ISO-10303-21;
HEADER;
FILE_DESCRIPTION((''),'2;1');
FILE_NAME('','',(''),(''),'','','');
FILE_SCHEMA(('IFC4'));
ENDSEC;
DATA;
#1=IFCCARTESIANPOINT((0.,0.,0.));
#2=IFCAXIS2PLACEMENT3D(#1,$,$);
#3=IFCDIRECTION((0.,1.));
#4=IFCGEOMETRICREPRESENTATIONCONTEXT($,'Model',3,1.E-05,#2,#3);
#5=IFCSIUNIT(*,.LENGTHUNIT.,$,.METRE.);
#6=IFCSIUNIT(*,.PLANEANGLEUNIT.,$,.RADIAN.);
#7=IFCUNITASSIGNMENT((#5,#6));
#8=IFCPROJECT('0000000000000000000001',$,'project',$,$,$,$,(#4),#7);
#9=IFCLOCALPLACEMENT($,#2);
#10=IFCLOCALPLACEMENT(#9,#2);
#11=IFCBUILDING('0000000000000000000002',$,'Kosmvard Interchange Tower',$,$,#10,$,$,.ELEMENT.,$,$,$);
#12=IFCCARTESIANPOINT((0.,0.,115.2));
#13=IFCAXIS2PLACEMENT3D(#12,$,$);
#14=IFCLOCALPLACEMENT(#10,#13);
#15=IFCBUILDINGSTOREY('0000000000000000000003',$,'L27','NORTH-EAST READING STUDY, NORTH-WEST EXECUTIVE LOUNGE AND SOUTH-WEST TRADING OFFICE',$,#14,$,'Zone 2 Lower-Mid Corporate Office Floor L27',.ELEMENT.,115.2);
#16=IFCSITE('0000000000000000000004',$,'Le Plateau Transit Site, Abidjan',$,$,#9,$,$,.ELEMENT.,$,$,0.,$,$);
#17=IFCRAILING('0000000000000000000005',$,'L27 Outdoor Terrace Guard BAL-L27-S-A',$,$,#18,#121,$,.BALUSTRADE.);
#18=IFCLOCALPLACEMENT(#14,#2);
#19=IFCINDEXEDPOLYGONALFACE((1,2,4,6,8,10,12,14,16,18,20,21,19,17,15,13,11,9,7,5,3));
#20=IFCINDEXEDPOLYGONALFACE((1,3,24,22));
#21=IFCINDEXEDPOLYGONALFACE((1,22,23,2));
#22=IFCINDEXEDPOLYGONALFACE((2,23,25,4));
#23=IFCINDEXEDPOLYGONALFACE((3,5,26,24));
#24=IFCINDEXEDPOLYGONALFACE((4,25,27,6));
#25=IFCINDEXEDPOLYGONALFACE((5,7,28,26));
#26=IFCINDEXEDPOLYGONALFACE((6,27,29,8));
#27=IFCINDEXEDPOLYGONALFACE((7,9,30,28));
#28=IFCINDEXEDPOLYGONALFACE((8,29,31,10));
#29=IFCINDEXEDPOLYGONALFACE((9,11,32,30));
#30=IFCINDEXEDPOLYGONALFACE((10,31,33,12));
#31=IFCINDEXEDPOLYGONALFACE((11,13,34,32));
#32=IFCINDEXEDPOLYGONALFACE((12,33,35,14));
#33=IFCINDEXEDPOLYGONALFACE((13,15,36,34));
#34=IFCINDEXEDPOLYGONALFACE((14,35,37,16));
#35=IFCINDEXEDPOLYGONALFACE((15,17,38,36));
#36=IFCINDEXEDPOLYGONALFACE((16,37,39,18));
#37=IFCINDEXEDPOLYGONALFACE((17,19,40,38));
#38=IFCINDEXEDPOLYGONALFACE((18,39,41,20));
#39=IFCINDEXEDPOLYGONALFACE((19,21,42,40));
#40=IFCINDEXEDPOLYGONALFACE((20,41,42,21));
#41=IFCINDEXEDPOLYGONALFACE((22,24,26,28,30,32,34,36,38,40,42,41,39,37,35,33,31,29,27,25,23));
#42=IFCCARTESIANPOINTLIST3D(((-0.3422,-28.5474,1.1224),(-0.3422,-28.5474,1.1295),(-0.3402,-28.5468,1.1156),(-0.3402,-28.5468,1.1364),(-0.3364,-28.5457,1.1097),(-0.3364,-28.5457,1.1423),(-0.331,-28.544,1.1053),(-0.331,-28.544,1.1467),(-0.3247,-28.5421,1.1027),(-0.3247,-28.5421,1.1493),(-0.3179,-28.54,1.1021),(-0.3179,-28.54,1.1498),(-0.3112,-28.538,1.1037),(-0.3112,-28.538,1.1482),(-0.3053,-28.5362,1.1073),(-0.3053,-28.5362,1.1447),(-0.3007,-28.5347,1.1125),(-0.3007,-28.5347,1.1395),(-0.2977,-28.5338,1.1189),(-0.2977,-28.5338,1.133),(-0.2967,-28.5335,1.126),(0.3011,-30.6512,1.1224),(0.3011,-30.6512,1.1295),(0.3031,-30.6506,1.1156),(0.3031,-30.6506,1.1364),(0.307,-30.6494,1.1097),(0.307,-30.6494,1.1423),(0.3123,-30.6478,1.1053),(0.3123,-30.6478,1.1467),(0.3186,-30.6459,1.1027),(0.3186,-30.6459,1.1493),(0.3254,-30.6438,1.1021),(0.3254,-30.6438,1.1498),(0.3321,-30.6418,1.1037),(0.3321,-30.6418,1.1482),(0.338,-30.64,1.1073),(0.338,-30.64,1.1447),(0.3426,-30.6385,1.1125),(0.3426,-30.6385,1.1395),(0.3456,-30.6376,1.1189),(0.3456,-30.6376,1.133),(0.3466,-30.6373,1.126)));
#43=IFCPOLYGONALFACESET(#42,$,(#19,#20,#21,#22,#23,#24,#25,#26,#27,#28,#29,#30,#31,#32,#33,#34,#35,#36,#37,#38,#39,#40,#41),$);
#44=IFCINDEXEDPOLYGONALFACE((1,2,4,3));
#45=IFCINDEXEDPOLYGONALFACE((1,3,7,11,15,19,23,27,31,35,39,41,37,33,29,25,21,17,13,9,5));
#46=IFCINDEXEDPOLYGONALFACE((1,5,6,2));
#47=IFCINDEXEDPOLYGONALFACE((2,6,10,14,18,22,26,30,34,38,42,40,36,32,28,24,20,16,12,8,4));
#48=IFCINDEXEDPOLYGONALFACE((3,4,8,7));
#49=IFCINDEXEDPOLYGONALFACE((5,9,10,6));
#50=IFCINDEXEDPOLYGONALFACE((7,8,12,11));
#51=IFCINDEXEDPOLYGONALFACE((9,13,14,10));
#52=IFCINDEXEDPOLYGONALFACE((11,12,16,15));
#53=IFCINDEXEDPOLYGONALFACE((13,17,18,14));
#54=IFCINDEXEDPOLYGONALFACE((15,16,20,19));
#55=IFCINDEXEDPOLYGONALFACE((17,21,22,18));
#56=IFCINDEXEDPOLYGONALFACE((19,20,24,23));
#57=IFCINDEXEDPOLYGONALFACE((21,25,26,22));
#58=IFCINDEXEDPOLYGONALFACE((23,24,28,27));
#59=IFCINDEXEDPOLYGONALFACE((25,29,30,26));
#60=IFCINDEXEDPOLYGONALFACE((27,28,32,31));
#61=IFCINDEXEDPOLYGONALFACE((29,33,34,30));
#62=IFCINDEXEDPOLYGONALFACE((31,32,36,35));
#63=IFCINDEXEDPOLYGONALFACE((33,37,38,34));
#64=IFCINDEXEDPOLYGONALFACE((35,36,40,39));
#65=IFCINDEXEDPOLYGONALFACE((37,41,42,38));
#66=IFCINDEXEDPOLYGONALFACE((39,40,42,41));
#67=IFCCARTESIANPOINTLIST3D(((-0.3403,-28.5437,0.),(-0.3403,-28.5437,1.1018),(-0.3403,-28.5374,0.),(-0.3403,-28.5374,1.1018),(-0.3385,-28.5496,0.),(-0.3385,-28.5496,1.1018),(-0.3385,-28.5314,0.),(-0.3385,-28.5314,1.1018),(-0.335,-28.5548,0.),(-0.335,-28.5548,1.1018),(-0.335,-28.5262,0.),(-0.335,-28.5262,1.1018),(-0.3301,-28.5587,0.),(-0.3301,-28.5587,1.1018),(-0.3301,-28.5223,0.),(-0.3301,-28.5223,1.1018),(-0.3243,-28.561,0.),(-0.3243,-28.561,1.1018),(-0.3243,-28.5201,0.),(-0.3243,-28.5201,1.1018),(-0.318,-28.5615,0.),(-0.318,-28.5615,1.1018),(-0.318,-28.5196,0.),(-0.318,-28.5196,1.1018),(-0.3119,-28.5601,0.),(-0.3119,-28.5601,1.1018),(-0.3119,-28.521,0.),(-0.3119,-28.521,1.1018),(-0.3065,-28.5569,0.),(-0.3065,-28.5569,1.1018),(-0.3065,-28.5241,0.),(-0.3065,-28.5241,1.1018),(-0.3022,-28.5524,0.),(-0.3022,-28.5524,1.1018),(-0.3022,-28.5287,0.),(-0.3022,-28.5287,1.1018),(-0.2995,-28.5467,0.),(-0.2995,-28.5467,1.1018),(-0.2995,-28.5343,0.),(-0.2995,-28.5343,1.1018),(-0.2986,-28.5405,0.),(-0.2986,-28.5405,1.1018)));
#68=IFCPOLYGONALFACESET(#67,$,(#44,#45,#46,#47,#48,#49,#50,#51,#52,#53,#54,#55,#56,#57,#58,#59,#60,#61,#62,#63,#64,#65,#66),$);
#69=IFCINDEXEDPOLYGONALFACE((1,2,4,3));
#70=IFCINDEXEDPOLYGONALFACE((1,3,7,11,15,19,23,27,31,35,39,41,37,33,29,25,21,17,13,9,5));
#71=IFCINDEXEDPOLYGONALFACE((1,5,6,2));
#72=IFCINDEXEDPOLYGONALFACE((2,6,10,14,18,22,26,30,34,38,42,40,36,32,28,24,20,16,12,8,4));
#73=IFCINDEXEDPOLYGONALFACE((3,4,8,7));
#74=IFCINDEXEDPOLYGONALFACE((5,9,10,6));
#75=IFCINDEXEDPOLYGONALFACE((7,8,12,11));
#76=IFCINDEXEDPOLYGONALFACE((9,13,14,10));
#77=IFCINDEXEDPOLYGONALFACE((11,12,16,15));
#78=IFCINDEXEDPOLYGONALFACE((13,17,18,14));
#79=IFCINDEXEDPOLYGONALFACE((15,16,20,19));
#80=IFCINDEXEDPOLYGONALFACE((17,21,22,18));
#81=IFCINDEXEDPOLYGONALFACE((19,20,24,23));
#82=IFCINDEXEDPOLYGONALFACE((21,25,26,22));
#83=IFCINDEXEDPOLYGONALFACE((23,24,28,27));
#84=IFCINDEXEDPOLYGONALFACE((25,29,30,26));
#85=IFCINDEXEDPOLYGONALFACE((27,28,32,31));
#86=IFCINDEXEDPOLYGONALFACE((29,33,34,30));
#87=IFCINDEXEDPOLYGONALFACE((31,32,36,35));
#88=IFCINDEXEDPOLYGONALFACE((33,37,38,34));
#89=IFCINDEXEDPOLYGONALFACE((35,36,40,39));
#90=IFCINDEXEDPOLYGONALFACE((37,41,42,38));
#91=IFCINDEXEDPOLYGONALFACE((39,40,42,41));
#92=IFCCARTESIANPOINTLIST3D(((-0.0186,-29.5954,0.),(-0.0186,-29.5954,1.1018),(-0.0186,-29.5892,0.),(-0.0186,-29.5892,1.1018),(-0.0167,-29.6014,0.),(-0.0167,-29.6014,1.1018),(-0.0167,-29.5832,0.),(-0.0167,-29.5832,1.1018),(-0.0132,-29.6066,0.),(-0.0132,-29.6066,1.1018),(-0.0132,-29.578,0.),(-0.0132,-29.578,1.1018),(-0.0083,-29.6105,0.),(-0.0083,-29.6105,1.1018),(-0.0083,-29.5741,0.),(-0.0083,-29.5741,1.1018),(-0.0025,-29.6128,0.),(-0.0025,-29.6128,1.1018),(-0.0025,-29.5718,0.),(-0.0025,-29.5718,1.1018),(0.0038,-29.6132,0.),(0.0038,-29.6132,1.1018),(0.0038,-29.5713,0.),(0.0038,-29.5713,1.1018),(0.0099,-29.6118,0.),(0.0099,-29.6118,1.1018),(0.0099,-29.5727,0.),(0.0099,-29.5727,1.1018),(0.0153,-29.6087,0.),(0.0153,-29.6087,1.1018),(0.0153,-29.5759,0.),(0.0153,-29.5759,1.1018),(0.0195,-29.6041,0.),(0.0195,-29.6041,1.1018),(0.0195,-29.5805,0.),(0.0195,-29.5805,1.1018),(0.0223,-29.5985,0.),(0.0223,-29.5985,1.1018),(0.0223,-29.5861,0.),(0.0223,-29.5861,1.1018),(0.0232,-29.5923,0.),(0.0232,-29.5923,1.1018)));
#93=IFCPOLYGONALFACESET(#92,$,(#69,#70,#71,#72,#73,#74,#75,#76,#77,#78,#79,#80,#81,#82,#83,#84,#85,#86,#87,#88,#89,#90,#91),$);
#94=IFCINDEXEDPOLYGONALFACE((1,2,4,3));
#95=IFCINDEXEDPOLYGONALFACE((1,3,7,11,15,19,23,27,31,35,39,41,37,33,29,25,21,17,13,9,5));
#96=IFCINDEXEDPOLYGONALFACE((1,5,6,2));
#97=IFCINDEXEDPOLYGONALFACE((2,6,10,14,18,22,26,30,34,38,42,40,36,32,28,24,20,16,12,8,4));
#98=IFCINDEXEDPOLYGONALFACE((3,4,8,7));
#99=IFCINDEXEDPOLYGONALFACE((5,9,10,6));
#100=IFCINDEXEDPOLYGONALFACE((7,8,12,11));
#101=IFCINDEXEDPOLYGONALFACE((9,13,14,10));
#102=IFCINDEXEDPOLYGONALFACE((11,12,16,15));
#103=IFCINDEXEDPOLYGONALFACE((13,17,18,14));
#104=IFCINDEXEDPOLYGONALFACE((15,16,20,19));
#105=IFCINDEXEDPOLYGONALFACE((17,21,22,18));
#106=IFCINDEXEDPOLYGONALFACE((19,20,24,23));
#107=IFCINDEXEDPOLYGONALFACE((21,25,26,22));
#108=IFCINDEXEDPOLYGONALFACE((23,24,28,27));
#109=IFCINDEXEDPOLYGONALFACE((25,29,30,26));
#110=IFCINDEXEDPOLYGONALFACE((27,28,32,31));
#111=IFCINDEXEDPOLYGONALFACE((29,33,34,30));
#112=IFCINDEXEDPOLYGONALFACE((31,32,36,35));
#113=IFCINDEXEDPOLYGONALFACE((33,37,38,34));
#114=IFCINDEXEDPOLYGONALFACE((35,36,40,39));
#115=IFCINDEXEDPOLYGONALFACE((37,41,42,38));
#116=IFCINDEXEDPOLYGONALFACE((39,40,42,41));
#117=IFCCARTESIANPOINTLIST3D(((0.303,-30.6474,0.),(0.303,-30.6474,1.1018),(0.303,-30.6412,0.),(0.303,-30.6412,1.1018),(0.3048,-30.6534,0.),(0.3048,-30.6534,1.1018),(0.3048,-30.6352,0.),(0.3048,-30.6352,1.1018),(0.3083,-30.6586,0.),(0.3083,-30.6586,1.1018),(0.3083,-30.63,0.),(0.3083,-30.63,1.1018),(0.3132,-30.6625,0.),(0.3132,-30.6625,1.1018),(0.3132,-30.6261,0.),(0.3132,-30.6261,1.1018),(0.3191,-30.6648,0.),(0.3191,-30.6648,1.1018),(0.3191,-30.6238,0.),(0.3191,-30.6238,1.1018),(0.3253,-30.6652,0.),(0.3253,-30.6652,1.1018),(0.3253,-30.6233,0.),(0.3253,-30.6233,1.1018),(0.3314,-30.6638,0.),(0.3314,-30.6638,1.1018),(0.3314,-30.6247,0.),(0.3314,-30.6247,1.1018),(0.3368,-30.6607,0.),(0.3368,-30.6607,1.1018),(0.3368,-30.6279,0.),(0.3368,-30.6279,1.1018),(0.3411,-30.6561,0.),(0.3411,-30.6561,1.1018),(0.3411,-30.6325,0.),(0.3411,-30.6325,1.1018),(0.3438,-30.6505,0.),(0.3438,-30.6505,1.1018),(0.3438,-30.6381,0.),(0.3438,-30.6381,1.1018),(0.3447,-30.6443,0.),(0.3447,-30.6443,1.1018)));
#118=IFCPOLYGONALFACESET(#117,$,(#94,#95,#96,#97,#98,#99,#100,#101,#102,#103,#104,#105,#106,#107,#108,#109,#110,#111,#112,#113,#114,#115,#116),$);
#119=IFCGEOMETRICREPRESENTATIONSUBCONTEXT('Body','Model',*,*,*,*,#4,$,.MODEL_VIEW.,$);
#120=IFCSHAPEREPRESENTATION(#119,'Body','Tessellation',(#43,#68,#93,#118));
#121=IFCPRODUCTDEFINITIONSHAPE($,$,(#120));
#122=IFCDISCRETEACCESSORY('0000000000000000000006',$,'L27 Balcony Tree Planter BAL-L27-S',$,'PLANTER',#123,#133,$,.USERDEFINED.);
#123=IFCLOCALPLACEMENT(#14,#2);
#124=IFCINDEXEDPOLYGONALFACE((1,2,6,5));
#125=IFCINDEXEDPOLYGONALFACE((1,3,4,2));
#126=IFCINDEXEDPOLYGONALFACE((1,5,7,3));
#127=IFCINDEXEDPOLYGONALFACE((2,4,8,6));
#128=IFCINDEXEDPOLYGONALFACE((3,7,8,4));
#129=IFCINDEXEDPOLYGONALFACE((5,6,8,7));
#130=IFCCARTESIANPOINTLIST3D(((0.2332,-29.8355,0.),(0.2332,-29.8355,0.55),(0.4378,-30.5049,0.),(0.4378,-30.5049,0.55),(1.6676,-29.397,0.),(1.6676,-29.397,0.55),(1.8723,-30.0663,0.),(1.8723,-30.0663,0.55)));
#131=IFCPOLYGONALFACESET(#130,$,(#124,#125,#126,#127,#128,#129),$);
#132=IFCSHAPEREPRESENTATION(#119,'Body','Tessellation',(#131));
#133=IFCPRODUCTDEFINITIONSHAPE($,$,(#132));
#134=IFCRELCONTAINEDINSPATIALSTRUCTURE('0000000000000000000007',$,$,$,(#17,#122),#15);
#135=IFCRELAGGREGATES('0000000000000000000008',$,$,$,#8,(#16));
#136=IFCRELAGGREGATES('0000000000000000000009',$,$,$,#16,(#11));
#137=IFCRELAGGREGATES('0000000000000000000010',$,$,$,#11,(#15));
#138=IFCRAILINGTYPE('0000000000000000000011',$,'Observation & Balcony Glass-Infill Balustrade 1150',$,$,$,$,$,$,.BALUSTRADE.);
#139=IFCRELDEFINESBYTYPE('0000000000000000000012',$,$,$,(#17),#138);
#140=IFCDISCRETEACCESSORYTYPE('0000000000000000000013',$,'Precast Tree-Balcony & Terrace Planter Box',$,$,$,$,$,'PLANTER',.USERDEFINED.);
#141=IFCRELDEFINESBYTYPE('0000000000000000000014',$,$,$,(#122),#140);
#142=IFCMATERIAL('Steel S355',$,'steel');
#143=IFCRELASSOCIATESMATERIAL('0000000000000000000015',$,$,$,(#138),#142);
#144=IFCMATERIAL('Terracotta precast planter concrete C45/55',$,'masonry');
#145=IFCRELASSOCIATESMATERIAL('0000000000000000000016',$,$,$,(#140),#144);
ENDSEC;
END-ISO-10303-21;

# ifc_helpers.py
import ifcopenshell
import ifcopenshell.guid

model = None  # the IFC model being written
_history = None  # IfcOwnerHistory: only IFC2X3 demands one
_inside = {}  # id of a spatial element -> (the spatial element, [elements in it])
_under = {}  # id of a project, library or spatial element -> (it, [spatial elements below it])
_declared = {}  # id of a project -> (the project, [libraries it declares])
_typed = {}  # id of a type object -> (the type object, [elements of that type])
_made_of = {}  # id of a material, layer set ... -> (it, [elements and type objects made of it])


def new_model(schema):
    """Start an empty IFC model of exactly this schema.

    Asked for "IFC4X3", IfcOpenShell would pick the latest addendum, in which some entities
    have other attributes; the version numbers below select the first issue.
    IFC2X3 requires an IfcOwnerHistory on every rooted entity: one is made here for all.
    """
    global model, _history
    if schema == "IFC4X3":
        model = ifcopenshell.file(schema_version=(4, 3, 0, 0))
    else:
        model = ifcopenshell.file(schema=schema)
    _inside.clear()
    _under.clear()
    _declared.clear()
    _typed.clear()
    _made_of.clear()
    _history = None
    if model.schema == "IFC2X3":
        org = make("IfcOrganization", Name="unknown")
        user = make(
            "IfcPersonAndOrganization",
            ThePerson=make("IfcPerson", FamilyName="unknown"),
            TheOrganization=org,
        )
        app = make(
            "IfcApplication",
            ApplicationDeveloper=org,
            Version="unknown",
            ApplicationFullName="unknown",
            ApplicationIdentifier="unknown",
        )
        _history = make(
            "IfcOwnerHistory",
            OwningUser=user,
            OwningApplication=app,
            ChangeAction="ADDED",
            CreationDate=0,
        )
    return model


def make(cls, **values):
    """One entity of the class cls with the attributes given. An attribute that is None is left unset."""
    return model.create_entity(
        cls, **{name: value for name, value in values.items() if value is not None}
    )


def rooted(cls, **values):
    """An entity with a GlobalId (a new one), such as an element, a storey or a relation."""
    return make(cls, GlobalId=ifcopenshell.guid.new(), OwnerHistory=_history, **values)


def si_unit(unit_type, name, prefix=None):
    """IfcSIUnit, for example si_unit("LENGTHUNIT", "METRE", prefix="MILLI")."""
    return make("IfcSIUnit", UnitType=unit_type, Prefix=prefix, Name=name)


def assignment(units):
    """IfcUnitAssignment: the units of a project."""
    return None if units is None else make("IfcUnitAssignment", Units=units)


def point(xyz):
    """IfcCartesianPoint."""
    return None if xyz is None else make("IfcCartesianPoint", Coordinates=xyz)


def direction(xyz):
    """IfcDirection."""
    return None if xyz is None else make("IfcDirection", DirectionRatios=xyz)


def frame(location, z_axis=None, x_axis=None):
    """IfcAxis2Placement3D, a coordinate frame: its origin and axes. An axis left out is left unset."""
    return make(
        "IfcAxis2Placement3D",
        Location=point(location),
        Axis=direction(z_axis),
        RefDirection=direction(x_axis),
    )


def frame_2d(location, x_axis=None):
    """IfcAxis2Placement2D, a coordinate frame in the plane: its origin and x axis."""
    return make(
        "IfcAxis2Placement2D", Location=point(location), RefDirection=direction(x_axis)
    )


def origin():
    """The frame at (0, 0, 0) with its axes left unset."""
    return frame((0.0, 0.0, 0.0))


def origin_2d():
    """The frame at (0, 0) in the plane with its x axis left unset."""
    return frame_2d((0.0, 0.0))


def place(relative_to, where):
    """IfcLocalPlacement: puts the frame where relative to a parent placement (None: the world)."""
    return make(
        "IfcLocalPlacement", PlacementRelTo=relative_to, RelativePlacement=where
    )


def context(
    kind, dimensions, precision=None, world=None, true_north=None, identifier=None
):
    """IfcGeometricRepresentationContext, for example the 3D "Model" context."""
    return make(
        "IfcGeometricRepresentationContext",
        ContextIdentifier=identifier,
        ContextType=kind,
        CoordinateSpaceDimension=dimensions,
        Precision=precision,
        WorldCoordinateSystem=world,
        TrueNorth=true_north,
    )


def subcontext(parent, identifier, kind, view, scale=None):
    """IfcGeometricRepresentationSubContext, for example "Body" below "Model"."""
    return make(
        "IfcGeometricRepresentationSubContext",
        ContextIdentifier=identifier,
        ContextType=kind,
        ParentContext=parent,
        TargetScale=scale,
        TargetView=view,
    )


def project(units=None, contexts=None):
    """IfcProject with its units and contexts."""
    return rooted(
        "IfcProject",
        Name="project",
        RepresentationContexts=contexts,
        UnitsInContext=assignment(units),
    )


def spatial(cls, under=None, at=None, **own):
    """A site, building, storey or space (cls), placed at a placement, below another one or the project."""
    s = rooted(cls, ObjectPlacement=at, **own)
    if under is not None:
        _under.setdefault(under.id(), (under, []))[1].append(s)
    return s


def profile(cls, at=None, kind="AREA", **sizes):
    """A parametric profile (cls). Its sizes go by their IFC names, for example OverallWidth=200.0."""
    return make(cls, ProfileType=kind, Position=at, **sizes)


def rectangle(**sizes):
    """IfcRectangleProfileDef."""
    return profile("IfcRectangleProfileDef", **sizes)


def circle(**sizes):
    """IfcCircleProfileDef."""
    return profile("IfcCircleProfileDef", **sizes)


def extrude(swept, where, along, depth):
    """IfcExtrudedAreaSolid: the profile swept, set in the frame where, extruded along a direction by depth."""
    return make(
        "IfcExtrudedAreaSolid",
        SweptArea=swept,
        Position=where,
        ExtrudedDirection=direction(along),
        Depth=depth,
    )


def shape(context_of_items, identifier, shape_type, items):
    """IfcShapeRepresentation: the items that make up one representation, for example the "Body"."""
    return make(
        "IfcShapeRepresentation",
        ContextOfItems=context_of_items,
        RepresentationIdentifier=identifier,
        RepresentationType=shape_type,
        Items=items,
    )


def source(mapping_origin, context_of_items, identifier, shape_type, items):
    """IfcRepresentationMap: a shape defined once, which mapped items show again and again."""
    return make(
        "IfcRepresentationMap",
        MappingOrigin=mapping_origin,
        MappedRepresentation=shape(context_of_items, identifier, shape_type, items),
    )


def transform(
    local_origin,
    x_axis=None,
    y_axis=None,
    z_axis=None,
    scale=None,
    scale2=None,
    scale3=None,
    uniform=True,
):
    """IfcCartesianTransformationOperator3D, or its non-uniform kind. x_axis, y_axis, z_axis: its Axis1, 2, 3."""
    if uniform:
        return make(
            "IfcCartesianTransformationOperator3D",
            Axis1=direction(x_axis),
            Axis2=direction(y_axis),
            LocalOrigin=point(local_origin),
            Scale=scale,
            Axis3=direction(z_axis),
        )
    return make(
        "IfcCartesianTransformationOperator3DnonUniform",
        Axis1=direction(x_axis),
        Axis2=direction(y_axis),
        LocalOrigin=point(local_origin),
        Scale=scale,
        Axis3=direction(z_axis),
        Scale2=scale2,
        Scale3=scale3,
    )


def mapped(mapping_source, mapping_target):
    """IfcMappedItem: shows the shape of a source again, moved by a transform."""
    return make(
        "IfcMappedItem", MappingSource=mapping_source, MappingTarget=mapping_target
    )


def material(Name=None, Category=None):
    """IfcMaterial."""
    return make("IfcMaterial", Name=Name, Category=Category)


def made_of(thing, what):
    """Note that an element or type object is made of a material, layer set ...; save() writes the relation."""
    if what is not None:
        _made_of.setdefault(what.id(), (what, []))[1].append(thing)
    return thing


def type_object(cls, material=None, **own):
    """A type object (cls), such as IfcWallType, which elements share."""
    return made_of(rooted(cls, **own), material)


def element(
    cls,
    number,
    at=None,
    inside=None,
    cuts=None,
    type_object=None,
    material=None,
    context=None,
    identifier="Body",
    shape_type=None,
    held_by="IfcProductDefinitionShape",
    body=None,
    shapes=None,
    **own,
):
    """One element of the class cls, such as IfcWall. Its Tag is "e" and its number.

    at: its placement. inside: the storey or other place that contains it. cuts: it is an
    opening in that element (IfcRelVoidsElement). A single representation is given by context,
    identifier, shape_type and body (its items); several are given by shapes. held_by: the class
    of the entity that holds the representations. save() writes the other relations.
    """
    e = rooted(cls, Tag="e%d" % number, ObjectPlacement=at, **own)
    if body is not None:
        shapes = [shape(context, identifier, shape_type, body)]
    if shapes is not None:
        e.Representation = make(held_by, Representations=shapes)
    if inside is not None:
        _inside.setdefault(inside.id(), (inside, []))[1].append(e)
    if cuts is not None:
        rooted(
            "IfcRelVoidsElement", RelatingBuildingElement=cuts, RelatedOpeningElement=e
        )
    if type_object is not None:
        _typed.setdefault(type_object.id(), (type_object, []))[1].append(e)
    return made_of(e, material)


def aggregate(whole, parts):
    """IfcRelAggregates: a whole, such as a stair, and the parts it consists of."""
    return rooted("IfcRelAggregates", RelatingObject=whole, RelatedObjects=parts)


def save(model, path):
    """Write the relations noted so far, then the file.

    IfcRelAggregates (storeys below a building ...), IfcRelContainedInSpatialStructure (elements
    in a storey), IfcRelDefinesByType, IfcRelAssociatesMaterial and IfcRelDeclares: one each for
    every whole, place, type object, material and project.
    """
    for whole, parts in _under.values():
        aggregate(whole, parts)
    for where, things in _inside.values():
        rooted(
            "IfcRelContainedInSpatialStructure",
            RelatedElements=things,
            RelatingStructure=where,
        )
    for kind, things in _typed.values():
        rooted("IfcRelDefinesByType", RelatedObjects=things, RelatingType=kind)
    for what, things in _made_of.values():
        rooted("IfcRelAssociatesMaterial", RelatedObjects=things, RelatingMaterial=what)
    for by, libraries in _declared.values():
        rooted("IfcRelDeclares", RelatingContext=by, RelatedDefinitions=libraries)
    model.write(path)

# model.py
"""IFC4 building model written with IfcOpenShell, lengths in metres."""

from ifc_helpers import new_model, si_unit, direction, frame, origin, origin_2d, place, context, subcontext, project, spatial, rectangle, circle, extrude, source, transform, mapped, material, type_object, element, save


model = new_model("IFC4")

# Units and contexts
model_context = context("Model", 3, precision=1e-05, world=origin(), true_north=direction((0.0, 1.0)))
body_context = subcontext(model_context, "Body", "Model", "MODEL_VIEW")
ifc_project = project(units=[si_unit("LENGTHUNIT", "METRE"), si_unit("PLANEANGLEUNIT", "RADIAN")], contexts=[model_context])

# Site, building, storey
site_placement = place(None, origin())
site = spatial("IfcSite", under=ifc_project, at=site_placement, Name="Le Plateau Transit Site, Abidjan", CompositionType="ELEMENT", RefElevation=0.0)
building_placement = place(site_placement, origin())
building = spatial("IfcBuilding", under=site, at=building_placement, Name="Kosmvard Interchange Tower", CompositionType="ELEMENT")
storey_placement = place(building_placement, frame((0.0, 0.0, 115.2)))
storey = spatial("IfcBuildingStorey", under=building, at=storey_placement, Name="L27", Description="NORTH-EAST READING STUDY, NORTH-WEST EXECUTIVE LOUNGE AND SOUTH-WEST TRADING OFFICE", LongName="Zone 2 Lower-Mid Corporate Office Floor L27", CompositionType="ELEMENT", Elevation=115.2)

# Shared definitions
ifc_material_1 = material(Name="Steel S355", Category="steel")

# Railing
railing_type = type_object("IfcRailingType", Name="Observation & Balcony Glass-Infill Balustrade 1150", PredefinedType="BALUSTRADE", material=ifc_material_1)
shared_shape_1 = source(origin(), body_context, "Body", "SweptSolid", [
    extrude(circle(Radius=0.0239, at=origin_2d()), frame((0.0, 0.0, 1.126), z_axis=(0.292424, -0.956289, 0.0), x_axis=(0.956289, 0.292424, 0.0)), (0.0, 0.0, 1.0), 2.2),
    extrude(circle(Radius=0.021, at=origin_2d()), origin(), (0.0, 0.0, 1.0), 1.1018),
    extrude(circle(Radius=0.021, at=origin_2d()), frame((0.3218, -1.0518, 0.0)), (0.0, 0.0, 1.0), 1.1018),
    extrude(circle(Radius=0.021, at=origin_2d()), frame((0.6433, -2.1038, 0.0)), (0.0, 0.0, 1.0), 1.1018),
])
railing_1_placement = place(storey_placement, frame((-0.3196, -28.5405, 0.0)))
element("IfcRailing", 1, at=railing_1_placement, inside=storey, type_object=railing_type, Name="L27 Outdoor Terrace Guard BAL-L27-S-A", PredefinedType="BALUSTRADE", context=body_context, shape_type="MappedRepresentation", body=[
    mapped(shared_shape_1, transform((0.0, 0.0, 0.0), scale=1.0)),
])

# Discrete accessory
ifc_material_2 = material(Name="Terracotta precast planter concrete C45/55", Category="masonry")
discrete_accessory_type = type_object("IfcDiscreteAccessoryType", Name="Precast Tree-Balcony & Terrace Planter Box", ElementType="PLANTER", PredefinedType="USERDEFINED", material=ifc_material_2)
shared_shape_2 = source(origin(), body_context, "Body", "SweptSolid", [
    extrude(rectangle(XDim=1.5, YDim=0.7, at=origin_2d()), origin(), (0.0, 0.0, 1.0), 0.55),
])
discrete_accessory_placement = place(storey_placement, frame((1.0527, -29.9509, 0.0), z_axis=(0.0, 0.0, 1.0), x_axis=(0.956305, 0.292372, 0.0)))
element("IfcDiscreteAccessory", 2, at=discrete_accessory_placement, inside=storey, type_object=discrete_accessory_type, Name="L27 Balcony Tree Planter BAL-L27-S", ObjectType="PLANTER", PredefinedType="USERDEFINED", context=body_context, shape_type="MappedRepresentation", body=[
    mapped(shared_shape_2, transform((0.0, 0.0, 0.0), scale=1.0)),
])

save(model, "model.ifc")
